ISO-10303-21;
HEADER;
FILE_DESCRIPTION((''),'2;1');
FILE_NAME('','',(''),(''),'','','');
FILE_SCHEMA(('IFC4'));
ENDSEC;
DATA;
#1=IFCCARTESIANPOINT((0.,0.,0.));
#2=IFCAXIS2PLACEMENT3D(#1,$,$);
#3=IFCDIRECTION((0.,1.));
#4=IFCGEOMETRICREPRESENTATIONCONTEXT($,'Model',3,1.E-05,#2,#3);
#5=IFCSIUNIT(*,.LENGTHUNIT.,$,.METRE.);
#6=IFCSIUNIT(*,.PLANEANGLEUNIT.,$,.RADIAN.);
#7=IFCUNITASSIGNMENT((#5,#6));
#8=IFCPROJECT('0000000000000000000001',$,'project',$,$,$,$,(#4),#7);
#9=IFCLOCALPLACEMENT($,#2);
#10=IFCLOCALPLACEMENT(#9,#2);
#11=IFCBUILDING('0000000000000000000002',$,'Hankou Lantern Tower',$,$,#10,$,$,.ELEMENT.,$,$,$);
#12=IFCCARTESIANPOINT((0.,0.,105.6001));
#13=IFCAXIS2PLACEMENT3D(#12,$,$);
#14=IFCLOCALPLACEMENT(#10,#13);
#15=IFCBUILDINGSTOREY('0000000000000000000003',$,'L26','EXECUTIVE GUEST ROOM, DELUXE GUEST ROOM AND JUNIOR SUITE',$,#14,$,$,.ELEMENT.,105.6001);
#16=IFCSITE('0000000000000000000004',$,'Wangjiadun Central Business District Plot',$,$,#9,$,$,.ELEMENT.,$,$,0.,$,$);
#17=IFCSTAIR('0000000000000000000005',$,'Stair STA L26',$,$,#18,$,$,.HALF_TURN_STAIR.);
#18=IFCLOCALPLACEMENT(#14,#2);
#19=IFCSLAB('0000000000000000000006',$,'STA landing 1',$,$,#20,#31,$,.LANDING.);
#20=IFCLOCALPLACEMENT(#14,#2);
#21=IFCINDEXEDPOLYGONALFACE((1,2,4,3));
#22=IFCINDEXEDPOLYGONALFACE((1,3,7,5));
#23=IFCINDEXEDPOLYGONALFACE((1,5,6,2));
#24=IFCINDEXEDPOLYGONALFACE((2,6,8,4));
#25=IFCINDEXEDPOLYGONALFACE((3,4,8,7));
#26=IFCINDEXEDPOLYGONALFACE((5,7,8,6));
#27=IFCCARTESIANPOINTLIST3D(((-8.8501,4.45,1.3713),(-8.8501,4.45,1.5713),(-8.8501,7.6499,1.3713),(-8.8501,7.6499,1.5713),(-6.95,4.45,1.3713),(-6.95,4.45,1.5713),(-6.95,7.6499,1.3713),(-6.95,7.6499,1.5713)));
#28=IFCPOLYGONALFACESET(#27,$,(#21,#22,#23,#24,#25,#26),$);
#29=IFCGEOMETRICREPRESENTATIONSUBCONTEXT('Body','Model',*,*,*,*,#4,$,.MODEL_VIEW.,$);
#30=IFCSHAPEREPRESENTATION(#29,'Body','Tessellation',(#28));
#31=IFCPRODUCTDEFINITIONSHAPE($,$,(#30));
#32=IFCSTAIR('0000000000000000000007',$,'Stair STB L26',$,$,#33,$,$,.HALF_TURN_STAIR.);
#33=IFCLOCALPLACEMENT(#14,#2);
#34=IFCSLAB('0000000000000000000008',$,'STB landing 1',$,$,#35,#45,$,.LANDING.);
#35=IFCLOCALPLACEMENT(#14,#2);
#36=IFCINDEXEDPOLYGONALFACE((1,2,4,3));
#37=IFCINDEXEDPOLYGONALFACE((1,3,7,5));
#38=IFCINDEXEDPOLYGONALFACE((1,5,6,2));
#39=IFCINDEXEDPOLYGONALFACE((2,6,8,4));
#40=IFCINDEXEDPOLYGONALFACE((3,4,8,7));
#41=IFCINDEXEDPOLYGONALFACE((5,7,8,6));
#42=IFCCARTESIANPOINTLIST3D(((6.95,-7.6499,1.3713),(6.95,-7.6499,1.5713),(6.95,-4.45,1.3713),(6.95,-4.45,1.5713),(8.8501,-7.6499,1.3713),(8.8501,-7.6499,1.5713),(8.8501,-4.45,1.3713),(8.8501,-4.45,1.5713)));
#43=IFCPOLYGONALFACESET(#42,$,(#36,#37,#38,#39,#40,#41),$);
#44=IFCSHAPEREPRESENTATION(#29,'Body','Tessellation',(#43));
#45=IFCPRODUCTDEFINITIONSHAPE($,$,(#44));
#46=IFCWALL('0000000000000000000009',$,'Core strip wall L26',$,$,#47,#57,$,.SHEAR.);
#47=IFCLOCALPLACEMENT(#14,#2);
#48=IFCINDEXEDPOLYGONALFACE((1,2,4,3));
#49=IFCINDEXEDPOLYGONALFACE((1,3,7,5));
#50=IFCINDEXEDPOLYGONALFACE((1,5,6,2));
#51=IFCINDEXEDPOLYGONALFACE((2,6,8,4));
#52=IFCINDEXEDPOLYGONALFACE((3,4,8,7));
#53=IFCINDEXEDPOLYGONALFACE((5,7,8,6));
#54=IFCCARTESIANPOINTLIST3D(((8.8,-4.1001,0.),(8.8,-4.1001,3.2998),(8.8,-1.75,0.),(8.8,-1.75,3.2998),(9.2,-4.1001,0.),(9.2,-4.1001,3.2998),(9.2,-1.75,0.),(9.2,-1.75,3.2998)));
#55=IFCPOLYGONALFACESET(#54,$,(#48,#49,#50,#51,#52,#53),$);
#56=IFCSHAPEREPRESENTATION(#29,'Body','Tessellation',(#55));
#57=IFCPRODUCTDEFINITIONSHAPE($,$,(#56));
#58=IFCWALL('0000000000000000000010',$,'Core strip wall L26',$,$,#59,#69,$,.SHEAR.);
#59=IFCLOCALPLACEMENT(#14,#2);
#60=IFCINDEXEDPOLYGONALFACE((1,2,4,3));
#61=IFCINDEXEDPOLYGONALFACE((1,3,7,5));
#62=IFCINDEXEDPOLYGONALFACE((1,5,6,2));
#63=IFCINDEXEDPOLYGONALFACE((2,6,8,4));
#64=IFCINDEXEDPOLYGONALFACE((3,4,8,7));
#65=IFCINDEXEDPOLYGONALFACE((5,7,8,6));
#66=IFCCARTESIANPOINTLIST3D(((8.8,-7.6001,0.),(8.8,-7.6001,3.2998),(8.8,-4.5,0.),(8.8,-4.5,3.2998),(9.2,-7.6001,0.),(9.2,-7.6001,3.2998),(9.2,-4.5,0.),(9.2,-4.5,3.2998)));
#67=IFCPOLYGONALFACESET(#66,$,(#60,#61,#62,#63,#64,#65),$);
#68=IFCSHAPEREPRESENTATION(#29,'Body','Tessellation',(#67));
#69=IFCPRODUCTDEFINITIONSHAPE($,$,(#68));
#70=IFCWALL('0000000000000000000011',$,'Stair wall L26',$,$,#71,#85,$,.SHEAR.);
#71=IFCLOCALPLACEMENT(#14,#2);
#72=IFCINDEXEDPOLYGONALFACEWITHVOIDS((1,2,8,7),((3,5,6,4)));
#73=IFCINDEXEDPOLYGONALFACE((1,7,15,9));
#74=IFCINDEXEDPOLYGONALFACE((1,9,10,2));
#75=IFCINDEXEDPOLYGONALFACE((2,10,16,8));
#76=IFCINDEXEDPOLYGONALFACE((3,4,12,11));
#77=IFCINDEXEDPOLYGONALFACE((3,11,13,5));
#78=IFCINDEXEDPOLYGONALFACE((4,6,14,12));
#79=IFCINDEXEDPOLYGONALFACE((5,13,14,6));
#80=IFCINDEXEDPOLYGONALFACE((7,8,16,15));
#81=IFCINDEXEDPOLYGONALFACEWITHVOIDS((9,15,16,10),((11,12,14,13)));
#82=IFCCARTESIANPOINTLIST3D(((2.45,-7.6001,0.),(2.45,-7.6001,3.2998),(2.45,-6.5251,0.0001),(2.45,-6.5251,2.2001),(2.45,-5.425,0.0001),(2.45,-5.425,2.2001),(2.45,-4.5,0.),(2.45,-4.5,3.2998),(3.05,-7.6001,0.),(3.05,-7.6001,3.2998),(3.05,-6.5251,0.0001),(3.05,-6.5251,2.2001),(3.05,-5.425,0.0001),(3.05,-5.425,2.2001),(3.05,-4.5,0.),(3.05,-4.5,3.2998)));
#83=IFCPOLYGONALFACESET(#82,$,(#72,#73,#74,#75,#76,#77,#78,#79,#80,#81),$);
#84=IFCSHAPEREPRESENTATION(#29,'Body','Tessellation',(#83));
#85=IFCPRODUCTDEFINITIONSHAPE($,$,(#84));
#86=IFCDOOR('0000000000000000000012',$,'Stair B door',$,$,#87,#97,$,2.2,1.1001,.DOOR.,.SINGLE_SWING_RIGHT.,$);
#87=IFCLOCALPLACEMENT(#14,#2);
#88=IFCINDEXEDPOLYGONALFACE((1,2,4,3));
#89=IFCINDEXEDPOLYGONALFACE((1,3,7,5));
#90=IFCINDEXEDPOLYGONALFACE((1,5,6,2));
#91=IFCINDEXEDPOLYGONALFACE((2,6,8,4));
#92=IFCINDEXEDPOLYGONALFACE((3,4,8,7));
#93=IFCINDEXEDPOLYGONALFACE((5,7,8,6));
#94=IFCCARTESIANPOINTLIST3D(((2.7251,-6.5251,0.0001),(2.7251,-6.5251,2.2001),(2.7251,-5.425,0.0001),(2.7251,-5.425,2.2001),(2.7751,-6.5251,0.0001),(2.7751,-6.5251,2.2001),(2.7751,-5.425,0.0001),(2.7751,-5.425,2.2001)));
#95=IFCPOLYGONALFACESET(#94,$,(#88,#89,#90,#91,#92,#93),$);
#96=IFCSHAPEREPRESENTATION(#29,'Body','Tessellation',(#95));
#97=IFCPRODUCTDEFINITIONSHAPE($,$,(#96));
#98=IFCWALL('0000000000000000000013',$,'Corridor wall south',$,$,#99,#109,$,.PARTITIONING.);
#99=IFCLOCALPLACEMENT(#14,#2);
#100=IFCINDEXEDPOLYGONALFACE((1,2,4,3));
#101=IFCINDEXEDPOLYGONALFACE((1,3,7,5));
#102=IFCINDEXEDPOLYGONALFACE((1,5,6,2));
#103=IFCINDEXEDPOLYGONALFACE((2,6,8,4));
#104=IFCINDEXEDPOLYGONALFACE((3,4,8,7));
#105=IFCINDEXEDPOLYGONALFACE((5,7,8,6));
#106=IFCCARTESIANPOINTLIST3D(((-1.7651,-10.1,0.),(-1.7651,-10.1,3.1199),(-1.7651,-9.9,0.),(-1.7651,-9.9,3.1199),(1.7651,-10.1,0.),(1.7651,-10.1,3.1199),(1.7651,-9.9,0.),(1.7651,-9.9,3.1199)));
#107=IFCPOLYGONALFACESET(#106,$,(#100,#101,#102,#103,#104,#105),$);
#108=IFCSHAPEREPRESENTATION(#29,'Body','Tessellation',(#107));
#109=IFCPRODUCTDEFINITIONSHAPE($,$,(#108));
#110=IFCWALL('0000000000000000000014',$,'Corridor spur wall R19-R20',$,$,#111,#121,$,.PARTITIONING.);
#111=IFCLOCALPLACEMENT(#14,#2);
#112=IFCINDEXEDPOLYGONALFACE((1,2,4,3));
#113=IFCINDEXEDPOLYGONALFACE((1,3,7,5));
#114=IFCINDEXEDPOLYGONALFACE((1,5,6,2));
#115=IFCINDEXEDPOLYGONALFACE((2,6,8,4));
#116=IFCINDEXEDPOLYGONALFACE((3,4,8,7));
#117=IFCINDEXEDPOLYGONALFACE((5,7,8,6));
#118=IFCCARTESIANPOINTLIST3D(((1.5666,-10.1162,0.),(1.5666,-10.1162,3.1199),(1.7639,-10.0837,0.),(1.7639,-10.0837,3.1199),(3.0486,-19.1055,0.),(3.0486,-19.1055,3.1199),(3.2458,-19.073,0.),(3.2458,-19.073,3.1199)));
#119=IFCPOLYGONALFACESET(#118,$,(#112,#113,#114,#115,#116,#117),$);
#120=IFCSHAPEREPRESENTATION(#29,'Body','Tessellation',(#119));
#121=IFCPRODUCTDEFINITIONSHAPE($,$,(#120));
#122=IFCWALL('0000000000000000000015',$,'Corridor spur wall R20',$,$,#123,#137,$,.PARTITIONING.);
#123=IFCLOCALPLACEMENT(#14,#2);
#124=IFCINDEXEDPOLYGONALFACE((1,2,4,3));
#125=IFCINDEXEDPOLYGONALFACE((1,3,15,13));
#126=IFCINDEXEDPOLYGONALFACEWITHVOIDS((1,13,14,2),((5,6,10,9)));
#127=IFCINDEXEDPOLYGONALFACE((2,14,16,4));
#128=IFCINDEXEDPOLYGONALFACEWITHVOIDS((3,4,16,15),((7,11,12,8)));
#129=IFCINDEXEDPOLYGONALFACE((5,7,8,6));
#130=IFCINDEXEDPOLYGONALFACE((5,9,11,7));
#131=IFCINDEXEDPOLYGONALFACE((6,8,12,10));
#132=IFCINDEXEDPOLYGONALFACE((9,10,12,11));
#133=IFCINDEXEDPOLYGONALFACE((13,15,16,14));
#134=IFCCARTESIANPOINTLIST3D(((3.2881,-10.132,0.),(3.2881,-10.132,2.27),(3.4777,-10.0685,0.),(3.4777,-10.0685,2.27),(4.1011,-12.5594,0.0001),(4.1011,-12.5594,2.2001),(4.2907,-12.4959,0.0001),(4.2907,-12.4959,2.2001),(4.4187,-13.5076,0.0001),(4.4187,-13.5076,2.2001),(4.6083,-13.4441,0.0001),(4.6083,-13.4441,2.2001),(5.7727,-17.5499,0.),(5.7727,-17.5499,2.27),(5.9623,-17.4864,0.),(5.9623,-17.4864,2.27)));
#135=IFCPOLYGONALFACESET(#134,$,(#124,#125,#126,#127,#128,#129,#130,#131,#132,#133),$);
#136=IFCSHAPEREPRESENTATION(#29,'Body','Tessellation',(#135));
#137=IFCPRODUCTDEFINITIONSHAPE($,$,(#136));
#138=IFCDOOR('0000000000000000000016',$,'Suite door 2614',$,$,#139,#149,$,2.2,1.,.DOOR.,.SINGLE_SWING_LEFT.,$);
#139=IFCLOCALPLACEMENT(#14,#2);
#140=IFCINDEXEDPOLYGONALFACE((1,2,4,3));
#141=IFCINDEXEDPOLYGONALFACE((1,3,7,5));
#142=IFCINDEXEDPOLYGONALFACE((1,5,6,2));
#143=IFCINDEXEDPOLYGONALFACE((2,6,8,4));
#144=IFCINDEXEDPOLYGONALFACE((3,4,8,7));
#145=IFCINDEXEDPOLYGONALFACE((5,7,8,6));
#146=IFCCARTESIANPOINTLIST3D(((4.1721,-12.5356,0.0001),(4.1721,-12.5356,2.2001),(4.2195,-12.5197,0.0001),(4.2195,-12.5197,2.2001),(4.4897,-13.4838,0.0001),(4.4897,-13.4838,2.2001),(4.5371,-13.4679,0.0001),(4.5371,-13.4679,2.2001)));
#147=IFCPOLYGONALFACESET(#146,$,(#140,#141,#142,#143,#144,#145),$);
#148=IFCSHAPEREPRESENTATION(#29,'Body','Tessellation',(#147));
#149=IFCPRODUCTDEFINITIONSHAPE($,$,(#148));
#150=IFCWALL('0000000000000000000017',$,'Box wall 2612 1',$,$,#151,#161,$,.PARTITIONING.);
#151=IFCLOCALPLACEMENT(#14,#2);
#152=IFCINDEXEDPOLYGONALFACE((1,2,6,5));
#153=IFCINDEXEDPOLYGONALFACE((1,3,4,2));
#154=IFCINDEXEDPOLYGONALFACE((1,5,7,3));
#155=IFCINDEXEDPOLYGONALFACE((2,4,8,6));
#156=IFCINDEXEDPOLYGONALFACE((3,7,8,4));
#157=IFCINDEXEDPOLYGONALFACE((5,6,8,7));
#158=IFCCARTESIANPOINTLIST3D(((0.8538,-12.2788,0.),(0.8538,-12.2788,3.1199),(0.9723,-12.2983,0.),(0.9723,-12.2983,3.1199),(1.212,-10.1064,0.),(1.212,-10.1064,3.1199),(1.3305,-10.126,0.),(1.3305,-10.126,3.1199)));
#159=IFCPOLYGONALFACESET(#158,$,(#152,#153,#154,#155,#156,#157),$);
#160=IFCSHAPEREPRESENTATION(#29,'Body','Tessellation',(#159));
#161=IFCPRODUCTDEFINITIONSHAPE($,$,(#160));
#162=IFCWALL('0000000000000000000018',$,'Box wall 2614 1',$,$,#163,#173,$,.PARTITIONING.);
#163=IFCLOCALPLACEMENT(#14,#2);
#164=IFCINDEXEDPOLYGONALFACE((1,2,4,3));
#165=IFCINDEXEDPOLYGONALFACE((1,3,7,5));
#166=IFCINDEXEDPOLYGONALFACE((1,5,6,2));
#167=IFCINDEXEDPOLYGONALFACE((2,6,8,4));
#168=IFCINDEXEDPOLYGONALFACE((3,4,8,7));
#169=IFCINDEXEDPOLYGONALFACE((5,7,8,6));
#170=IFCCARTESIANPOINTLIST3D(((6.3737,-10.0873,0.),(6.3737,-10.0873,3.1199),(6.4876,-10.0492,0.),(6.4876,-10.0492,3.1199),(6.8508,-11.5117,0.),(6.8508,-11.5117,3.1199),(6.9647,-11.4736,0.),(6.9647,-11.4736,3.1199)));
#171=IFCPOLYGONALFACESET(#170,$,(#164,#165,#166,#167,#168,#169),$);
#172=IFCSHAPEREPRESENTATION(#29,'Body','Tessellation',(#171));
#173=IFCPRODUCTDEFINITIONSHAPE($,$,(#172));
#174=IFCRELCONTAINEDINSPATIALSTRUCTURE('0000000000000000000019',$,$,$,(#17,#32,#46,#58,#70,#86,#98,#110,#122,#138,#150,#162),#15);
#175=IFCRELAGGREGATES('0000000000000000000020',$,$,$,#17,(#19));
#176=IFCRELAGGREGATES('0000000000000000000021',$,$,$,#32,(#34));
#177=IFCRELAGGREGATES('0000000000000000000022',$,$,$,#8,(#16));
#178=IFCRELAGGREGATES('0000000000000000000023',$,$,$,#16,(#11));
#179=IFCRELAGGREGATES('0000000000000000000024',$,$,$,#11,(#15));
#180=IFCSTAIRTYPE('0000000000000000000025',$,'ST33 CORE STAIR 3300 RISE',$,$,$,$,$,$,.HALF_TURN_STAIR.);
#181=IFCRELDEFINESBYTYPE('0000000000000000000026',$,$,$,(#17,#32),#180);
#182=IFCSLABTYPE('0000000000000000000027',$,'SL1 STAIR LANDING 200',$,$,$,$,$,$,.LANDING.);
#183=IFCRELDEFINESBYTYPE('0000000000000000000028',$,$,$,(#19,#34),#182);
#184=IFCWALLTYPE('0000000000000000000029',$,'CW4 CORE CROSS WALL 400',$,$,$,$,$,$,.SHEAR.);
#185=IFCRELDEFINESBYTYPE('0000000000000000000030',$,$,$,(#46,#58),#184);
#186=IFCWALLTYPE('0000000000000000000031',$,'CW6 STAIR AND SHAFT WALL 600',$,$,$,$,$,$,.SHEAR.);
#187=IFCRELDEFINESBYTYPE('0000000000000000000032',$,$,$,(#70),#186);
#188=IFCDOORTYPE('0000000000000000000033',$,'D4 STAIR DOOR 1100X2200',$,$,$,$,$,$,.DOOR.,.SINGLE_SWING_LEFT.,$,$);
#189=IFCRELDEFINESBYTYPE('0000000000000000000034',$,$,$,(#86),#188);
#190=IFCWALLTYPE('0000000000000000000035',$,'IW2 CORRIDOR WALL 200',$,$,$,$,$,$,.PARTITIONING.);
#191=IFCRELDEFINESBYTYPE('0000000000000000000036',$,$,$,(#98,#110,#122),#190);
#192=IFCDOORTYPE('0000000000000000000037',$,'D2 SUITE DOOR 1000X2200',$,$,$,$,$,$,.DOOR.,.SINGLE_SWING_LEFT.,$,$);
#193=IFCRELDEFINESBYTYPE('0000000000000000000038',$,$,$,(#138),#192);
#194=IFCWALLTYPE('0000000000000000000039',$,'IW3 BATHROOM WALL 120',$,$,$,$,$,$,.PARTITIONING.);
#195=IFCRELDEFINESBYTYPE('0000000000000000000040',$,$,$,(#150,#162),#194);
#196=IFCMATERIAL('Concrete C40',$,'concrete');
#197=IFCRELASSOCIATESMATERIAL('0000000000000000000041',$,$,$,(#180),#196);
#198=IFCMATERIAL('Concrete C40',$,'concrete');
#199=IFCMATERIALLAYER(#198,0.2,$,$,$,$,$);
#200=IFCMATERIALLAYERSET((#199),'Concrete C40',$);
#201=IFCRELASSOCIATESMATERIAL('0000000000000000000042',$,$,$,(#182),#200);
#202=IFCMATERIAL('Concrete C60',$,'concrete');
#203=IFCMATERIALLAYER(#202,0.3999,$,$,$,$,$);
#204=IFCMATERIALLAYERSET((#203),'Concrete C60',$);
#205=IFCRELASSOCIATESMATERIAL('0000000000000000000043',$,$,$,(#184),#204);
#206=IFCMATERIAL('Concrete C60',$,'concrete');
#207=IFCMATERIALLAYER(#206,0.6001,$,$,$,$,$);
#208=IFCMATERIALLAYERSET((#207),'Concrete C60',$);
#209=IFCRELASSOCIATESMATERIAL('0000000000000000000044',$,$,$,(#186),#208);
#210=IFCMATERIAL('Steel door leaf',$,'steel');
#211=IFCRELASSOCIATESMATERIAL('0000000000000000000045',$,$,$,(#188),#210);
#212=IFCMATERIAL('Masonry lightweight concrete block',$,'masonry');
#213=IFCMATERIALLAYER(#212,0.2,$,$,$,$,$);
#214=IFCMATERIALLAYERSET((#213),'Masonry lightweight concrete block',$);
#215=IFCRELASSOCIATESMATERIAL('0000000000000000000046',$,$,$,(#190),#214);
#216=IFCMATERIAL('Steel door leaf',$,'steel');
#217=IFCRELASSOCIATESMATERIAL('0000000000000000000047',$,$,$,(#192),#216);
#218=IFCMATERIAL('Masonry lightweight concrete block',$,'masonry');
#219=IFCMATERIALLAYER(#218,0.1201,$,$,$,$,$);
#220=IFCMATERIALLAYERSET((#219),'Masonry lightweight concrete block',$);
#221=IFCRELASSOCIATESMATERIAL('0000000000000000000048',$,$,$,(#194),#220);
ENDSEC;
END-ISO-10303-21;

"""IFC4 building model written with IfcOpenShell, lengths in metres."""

from ifc_helpers import new_model, si_unit, direction, frame, frame_2d, origin, place, context, subcontext, project, spatial, polyline, rectangle, outline, extrude, material, layer, layer_set, type_object, element, fill, aggregate, save


model = new_model("IFC4")

# Units and contexts
model_context = context("Model", 3, precision=1e-05, world=origin(), true_north=direction((0.0, 1.0)))
body_context = subcontext(model_context, "Body", "Model", "MODEL_VIEW")
ifc_project = project(units=[si_unit("LENGTHUNIT", "METRE"), si_unit("PLANEANGLEUNIT", "RADIAN")], contexts=[model_context])

# Site, building, storey
site_placement = place(None, origin())
site = spatial("IfcSite", under=ifc_project, at=site_placement, Name="Wangjiadun Central Business District Plot", CompositionType="ELEMENT", RefElevation=0.0)
building_placement = place(site_placement, origin())
building = spatial("IfcBuilding", under=site, at=building_placement, Name="Hankou Lantern Tower", CompositionType="ELEMENT")
storey_placement = place(building_placement, frame((0.0, 0.0, 105.6001)))
storey = spatial("IfcBuildingStorey", under=building, at=storey_placement, Name="L26", Description="EXECUTIVE GUEST ROOM, DELUXE GUEST ROOM AND JUNIOR SUITE", CompositionType="ELEMENT", Elevation=105.6001)

# Stairs, slabs
ifc_material_1 = material(Name="Concrete C40", Category="concrete")
stair_type = type_object("IfcStairType", Name="ST33 CORE STAIR 3300 RISE", PredefinedType="HALF_TURN_STAIR", material=ifc_material_1)
stair_1_placement = place(storey_placement, origin())
stair_1 = element("IfcStair", 1, at=stair_1_placement, inside=storey, type_object=stair_type, Name="Stair STA L26", PredefinedType="HALF_TURN_STAIR")
ifc_material_2 = material(Name="Concrete C40", Category="concrete")
ifc_layer_1 = layer(ifc_material_2, 0.2)
ifc_layer_set_1 = layer_set([ifc_layer_1], Name="Concrete C40")
slab_type = type_object("IfcSlabType", Name="SL1 STAIR LANDING 200", PredefinedType="LANDING", material=ifc_layer_set_1)
slab_1_placement = place(storey_placement, frame((0.0, 0.0, 1.3713)))
slab_1 = element("IfcSlab", 2, at=slab_1_placement, type_object=slab_type, Name="STA landing 1", PredefinedType="LANDING", context=body_context, shape_type="SweptSolid", body=[
    extrude(outline(polyline([(-8.8501, 4.45), (-6.95, 4.45), (-6.95, 7.6499), (-8.8501, 7.6499), (-8.8501, 4.45)])), origin(), (0.0, 0.0, 1.0), 0.2),
])
aggregate(stair_1, [slab_1])
stair_2_placement = place(storey_placement, origin())
stair_2 = element("IfcStair", 3, at=stair_2_placement, inside=storey, type_object=stair_type, Name="Stair STB L26", PredefinedType="HALF_TURN_STAIR")
slab_2_placement = place(storey_placement, frame((0.0, 0.0, 1.3713)))
slab_2 = element("IfcSlab", 4, at=slab_2_placement, type_object=slab_type, Name="STB landing 1", PredefinedType="LANDING", context=body_context, shape_type="SweptSolid", body=[
    extrude(outline(polyline([(8.8501, -4.45), (6.95, -4.45), (6.95, -7.6499), (8.8501, -7.6499), (8.8501, -4.45)])), origin(), (0.0, 0.0, 1.0), 0.2),
])

# Walls
ifc_material_3 = material(Name="Concrete C60", Category="concrete")
ifc_layer_2 = layer(ifc_material_3, 0.3999)
ifc_layer_set_2 = layer_set([ifc_layer_2], Name="Concrete C60")
wall_type_1 = type_object("IfcWallType", Name="CW4 CORE CROSS WALL 400", PredefinedType="SHEAR", material=ifc_layer_set_2)
wall_1_placement = place(storey_placement, frame((9.0, -4.1001, 0.0), z_axis=(0.0, 0.0, 1.0), x_axis=(0.0, 1.0, 0.0)))
element("IfcWall", 5, at=wall_1_placement, inside=storey, type_object=wall_type_1, Name="Core strip wall L26", PredefinedType="SHEAR", context=body_context, shape_type="SweptSolid", body=[
    extrude(rectangle(XDim=2.3501, YDim=0.3999, at=frame_2d((1.175, 0.0))), origin(), (0.0, 0.0, 1.0), 3.2998),
])
wall_2_placement = place(storey_placement, frame((9.0, -7.6001, 0.0), z_axis=(0.0, 0.0, 1.0), x_axis=(0.0, 1.0, 0.0)))
element("IfcWall", 6, at=wall_2_placement, inside=storey, type_object=wall_type_1, Name="Core strip wall L26", PredefinedType="SHEAR", context=body_context, shape_type="SweptSolid", body=[
    extrude(rectangle(XDim=3.1001, YDim=0.3999, at=frame_2d((1.55, 0.0))), origin(), (0.0, 0.0, 1.0), 3.2998),
])

# Wall, opening, door
ifc_material_4 = material(Name="Concrete C60", Category="concrete")
ifc_layer_3 = layer(ifc_material_4, 0.6001)
ifc_layer_set_3 = layer_set([ifc_layer_3], Name="Concrete C60")
wall_type_2 = type_object("IfcWallType", Name="CW6 STAIR AND SHAFT WALL 600", PredefinedType="SHEAR", material=ifc_layer_set_3)
wall_3_placement = place(storey_placement, frame((2.75, -7.6001, 0.0), z_axis=(0.0, 0.0, 1.0), x_axis=(0.0, 1.0, 0.0)))
wall_3 = element("IfcWall", 7, at=wall_3_placement, inside=storey, type_object=wall_type_2, Name="Stair wall L26", PredefinedType="SHEAR", context=body_context, shape_type="SweptSolid", body=[
    extrude(rectangle(XDim=3.1001, YDim=0.6001, at=frame_2d((1.55, 0.0))), origin(), (0.0, 0.0, 1.0), 3.2998),
])
opening_1_placement = place(wall_3_placement, frame((1.075, 0.0, 0.0)))
opening_1 = element("IfcOpeningElement", 8, at=opening_1_placement, cuts=wall_3, PredefinedType="OPENING", context=body_context, shape_type="SweptSolid", body=[
    extrude(rectangle(XDim=1.1001, YDim=2.2, at=frame_2d((0.55, 1.1001))), frame((0.0, 0.3101, 0.0), z_axis=(0.0, -1.0, 0.0), x_axis=(1.0, 0.0, 0.0)), (0.0, 0.0, 1.0), 0.6201),
])
ifc_material_5 = material(Name="Steel door leaf", Category="steel")
door_type_1 = type_object("IfcDoorType", Name="D4 STAIR DOOR 1100X2200", OperationType="SINGLE_SWING_LEFT", PredefinedType="DOOR", material=ifc_material_5)
door_1_placement = place(opening_1_placement, origin())
door_1 = element("IfcDoor", 9, at=door_1_placement, inside=storey, type_object=door_type_1, Name="Stair B door", OperationType="SINGLE_SWING_RIGHT", OverallHeight=2.2, OverallWidth=1.1001, PredefinedType="DOOR", context=body_context, shape_type="SweptSolid", body=[
    extrude(rectangle(XDim=1.1001, YDim=2.2, at=frame_2d((0.55, 1.1001))), frame((0.0, 0.0249, 0.0), z_axis=(0.0, -1.0, 0.0), x_axis=(1.0, 0.0, 0.0)), (0.0, 0.0, 1.0), 0.05),
])
fill(opening_1, door_1)

# Walls
ifc_material_6 = material(Name="Masonry lightweight concrete block", Category="masonry")
ifc_layer_4 = layer(ifc_material_6, 0.2)
ifc_layer_set_4 = layer_set([ifc_layer_4], Name="Masonry lightweight concrete block")
wall_type_3 = type_object("IfcWallType", Name="IW2 CORRIDOR WALL 200", PredefinedType="PARTITIONING", material=ifc_layer_set_4)
wall_4_placement = place(storey_placement, frame((1.7651, -10.0, 0.0), z_axis=(0.0, 0.0, 1.0), x_axis=(-1.0, 0.0, 0.0)))
element("IfcWall", 10, at=wall_4_placement, inside=storey, type_object=wall_type_3, Name="Corridor wall south", PredefinedType="PARTITIONING", context=body_context, shape_type="SweptSolid", body=[
    extrude(rectangle(XDim=3.5303, YDim=0.2, at=frame_2d((1.7651, 0.0))), origin(), (0.0, 0.0, 1.0), 3.1199),
])
wall_5_placement = place(storey_placement, frame((1.6653, -10.1001, 0.0), z_axis=(0.0, 0.0, 1.0), x_axis=(0.162661, -0.986682, 0.0)))
element("IfcWall", 11, at=wall_5_placement, inside=storey, type_object=wall_type_3, Name="Corridor spur wall R19-R20", PredefinedType="PARTITIONING", context=body_context, shape_type="SweptSolid", body=[
    extrude(rectangle(XDim=9.1106, YDim=0.2, at=frame_2d((4.5552, 0.0))), origin(), (0.0, 0.0, 1.0), 3.1199),
])

# Wall, opening, door
wall_6_placement = place(storey_placement, frame((3.3828, -10.1001, 0.0), z_axis=(0.0, 0.0, 1.0), x_axis=(0.317604, -0.948224, 0.0)))
wall_6 = element("IfcWall", 12, at=wall_6_placement, inside=storey, type_object=wall_type_3, Name="Corridor spur wall R20", PredefinedType="PARTITIONING", context=body_context, shape_type="SweptSolid", body=[
    extrude(rectangle(XDim=7.823, YDim=0.2, at=frame_2d((3.9116, 0.0))), origin(), (0.0, 0.0, 1.0), 2.27),
])
opening_2_placement = place(wall_6_placement, frame((2.5601, 0.0, 0.0)))
opening_2 = element("IfcOpeningElement", 13, at=opening_2_placement, cuts=wall_6, PredefinedType="OPENING", context=body_context, shape_type="SweptSolid", body=[
    extrude(rectangle(XDim=1.0, YDim=2.2, at=frame_2d((0.5, 1.1001))), frame((0.0, 0.1099, 0.0), z_axis=(0.0, -1.0, 0.0), x_axis=(1.0, 0.0, 0.0)), (0.0, 0.0, 1.0), 0.22),
])
ifc_material_7 = material(Name="Steel door leaf", Category="steel")
door_type_2 = type_object("IfcDoorType", Name="D2 SUITE DOOR 1000X2200", OperationType="SINGLE_SWING_LEFT", PredefinedType="DOOR", material=ifc_material_7)
door_2_placement = place(opening_2_placement, origin())
door_2 = element("IfcDoor", 14, at=door_2_placement, inside=storey, type_object=door_type_2, Name="Suite door 2614", OperationType="SINGLE_SWING_LEFT", OverallHeight=2.2, OverallWidth=1.0, PredefinedType="DOOR", context=body_context, shape_type="SweptSolid", body=[
    extrude(rectangle(XDim=1.0, YDim=2.2, at=frame_2d((0.5, 1.1001))), frame((0.0, 0.0249, 0.0), z_axis=(0.0, -1.0, 0.0), x_axis=(1.0, 0.0, 0.0)), (0.0, 0.0, 1.0), 0.05),
])
fill(opening_2, door_2)

# Walls
ifc_material_8 = material(Name="Masonry lightweight concrete block", Category="masonry")
ifc_layer_5 = layer(ifc_material_8, 0.1201)
ifc_layer_set_5 = layer_set([ifc_layer_5], Name="Masonry lightweight concrete block")
wall_type_4 = type_object("IfcWallType", Name="IW3 BATHROOM WALL 120", PredefinedType="PARTITIONING", material=ifc_layer_set_5)
wall_7_placement = place(storey_placement, frame((1.2712, -10.1162, 0.0), z_axis=(0.0, 0.0, 1.0), x_axis=(-0.162672, -0.98668, 0.0)))
element("IfcWall", 15, at=wall_7_placement, inside=storey, type_object=wall_type_4, Name="Box wall 2612 1", PredefinedType="PARTITIONING", context=body_context, shape_type="SweptSolid", body=[
    extrude(rectangle(XDim=2.2017, YDim=0.1201, at=frame_2d((1.1008, 0.0))), origin(), (0.0, 0.0, 1.0), 3.1199),
])
wall_8_placement = place(storey_placement, frame((6.4307, -10.0684, 0.0), z_axis=(0.0, 0.0, 1.0), x_axis=(0.317593, -0.948227, 0.0)))
element("IfcWall", 16, at=wall_8_placement, inside=storey, type_object=wall_type_4, Name="Box wall 2614 1", PredefinedType="PARTITIONING", context=body_context, shape_type="SweptSolid", body=[
    extrude(rectangle(XDim=1.5022, YDim=0.1201, at=frame_2d((0.751, 0.0))), origin(), (0.0, 0.0, 1.0), 3.1199),
])

aggregate(stair_2, [slab_2])

save(model, "model.ifc")
